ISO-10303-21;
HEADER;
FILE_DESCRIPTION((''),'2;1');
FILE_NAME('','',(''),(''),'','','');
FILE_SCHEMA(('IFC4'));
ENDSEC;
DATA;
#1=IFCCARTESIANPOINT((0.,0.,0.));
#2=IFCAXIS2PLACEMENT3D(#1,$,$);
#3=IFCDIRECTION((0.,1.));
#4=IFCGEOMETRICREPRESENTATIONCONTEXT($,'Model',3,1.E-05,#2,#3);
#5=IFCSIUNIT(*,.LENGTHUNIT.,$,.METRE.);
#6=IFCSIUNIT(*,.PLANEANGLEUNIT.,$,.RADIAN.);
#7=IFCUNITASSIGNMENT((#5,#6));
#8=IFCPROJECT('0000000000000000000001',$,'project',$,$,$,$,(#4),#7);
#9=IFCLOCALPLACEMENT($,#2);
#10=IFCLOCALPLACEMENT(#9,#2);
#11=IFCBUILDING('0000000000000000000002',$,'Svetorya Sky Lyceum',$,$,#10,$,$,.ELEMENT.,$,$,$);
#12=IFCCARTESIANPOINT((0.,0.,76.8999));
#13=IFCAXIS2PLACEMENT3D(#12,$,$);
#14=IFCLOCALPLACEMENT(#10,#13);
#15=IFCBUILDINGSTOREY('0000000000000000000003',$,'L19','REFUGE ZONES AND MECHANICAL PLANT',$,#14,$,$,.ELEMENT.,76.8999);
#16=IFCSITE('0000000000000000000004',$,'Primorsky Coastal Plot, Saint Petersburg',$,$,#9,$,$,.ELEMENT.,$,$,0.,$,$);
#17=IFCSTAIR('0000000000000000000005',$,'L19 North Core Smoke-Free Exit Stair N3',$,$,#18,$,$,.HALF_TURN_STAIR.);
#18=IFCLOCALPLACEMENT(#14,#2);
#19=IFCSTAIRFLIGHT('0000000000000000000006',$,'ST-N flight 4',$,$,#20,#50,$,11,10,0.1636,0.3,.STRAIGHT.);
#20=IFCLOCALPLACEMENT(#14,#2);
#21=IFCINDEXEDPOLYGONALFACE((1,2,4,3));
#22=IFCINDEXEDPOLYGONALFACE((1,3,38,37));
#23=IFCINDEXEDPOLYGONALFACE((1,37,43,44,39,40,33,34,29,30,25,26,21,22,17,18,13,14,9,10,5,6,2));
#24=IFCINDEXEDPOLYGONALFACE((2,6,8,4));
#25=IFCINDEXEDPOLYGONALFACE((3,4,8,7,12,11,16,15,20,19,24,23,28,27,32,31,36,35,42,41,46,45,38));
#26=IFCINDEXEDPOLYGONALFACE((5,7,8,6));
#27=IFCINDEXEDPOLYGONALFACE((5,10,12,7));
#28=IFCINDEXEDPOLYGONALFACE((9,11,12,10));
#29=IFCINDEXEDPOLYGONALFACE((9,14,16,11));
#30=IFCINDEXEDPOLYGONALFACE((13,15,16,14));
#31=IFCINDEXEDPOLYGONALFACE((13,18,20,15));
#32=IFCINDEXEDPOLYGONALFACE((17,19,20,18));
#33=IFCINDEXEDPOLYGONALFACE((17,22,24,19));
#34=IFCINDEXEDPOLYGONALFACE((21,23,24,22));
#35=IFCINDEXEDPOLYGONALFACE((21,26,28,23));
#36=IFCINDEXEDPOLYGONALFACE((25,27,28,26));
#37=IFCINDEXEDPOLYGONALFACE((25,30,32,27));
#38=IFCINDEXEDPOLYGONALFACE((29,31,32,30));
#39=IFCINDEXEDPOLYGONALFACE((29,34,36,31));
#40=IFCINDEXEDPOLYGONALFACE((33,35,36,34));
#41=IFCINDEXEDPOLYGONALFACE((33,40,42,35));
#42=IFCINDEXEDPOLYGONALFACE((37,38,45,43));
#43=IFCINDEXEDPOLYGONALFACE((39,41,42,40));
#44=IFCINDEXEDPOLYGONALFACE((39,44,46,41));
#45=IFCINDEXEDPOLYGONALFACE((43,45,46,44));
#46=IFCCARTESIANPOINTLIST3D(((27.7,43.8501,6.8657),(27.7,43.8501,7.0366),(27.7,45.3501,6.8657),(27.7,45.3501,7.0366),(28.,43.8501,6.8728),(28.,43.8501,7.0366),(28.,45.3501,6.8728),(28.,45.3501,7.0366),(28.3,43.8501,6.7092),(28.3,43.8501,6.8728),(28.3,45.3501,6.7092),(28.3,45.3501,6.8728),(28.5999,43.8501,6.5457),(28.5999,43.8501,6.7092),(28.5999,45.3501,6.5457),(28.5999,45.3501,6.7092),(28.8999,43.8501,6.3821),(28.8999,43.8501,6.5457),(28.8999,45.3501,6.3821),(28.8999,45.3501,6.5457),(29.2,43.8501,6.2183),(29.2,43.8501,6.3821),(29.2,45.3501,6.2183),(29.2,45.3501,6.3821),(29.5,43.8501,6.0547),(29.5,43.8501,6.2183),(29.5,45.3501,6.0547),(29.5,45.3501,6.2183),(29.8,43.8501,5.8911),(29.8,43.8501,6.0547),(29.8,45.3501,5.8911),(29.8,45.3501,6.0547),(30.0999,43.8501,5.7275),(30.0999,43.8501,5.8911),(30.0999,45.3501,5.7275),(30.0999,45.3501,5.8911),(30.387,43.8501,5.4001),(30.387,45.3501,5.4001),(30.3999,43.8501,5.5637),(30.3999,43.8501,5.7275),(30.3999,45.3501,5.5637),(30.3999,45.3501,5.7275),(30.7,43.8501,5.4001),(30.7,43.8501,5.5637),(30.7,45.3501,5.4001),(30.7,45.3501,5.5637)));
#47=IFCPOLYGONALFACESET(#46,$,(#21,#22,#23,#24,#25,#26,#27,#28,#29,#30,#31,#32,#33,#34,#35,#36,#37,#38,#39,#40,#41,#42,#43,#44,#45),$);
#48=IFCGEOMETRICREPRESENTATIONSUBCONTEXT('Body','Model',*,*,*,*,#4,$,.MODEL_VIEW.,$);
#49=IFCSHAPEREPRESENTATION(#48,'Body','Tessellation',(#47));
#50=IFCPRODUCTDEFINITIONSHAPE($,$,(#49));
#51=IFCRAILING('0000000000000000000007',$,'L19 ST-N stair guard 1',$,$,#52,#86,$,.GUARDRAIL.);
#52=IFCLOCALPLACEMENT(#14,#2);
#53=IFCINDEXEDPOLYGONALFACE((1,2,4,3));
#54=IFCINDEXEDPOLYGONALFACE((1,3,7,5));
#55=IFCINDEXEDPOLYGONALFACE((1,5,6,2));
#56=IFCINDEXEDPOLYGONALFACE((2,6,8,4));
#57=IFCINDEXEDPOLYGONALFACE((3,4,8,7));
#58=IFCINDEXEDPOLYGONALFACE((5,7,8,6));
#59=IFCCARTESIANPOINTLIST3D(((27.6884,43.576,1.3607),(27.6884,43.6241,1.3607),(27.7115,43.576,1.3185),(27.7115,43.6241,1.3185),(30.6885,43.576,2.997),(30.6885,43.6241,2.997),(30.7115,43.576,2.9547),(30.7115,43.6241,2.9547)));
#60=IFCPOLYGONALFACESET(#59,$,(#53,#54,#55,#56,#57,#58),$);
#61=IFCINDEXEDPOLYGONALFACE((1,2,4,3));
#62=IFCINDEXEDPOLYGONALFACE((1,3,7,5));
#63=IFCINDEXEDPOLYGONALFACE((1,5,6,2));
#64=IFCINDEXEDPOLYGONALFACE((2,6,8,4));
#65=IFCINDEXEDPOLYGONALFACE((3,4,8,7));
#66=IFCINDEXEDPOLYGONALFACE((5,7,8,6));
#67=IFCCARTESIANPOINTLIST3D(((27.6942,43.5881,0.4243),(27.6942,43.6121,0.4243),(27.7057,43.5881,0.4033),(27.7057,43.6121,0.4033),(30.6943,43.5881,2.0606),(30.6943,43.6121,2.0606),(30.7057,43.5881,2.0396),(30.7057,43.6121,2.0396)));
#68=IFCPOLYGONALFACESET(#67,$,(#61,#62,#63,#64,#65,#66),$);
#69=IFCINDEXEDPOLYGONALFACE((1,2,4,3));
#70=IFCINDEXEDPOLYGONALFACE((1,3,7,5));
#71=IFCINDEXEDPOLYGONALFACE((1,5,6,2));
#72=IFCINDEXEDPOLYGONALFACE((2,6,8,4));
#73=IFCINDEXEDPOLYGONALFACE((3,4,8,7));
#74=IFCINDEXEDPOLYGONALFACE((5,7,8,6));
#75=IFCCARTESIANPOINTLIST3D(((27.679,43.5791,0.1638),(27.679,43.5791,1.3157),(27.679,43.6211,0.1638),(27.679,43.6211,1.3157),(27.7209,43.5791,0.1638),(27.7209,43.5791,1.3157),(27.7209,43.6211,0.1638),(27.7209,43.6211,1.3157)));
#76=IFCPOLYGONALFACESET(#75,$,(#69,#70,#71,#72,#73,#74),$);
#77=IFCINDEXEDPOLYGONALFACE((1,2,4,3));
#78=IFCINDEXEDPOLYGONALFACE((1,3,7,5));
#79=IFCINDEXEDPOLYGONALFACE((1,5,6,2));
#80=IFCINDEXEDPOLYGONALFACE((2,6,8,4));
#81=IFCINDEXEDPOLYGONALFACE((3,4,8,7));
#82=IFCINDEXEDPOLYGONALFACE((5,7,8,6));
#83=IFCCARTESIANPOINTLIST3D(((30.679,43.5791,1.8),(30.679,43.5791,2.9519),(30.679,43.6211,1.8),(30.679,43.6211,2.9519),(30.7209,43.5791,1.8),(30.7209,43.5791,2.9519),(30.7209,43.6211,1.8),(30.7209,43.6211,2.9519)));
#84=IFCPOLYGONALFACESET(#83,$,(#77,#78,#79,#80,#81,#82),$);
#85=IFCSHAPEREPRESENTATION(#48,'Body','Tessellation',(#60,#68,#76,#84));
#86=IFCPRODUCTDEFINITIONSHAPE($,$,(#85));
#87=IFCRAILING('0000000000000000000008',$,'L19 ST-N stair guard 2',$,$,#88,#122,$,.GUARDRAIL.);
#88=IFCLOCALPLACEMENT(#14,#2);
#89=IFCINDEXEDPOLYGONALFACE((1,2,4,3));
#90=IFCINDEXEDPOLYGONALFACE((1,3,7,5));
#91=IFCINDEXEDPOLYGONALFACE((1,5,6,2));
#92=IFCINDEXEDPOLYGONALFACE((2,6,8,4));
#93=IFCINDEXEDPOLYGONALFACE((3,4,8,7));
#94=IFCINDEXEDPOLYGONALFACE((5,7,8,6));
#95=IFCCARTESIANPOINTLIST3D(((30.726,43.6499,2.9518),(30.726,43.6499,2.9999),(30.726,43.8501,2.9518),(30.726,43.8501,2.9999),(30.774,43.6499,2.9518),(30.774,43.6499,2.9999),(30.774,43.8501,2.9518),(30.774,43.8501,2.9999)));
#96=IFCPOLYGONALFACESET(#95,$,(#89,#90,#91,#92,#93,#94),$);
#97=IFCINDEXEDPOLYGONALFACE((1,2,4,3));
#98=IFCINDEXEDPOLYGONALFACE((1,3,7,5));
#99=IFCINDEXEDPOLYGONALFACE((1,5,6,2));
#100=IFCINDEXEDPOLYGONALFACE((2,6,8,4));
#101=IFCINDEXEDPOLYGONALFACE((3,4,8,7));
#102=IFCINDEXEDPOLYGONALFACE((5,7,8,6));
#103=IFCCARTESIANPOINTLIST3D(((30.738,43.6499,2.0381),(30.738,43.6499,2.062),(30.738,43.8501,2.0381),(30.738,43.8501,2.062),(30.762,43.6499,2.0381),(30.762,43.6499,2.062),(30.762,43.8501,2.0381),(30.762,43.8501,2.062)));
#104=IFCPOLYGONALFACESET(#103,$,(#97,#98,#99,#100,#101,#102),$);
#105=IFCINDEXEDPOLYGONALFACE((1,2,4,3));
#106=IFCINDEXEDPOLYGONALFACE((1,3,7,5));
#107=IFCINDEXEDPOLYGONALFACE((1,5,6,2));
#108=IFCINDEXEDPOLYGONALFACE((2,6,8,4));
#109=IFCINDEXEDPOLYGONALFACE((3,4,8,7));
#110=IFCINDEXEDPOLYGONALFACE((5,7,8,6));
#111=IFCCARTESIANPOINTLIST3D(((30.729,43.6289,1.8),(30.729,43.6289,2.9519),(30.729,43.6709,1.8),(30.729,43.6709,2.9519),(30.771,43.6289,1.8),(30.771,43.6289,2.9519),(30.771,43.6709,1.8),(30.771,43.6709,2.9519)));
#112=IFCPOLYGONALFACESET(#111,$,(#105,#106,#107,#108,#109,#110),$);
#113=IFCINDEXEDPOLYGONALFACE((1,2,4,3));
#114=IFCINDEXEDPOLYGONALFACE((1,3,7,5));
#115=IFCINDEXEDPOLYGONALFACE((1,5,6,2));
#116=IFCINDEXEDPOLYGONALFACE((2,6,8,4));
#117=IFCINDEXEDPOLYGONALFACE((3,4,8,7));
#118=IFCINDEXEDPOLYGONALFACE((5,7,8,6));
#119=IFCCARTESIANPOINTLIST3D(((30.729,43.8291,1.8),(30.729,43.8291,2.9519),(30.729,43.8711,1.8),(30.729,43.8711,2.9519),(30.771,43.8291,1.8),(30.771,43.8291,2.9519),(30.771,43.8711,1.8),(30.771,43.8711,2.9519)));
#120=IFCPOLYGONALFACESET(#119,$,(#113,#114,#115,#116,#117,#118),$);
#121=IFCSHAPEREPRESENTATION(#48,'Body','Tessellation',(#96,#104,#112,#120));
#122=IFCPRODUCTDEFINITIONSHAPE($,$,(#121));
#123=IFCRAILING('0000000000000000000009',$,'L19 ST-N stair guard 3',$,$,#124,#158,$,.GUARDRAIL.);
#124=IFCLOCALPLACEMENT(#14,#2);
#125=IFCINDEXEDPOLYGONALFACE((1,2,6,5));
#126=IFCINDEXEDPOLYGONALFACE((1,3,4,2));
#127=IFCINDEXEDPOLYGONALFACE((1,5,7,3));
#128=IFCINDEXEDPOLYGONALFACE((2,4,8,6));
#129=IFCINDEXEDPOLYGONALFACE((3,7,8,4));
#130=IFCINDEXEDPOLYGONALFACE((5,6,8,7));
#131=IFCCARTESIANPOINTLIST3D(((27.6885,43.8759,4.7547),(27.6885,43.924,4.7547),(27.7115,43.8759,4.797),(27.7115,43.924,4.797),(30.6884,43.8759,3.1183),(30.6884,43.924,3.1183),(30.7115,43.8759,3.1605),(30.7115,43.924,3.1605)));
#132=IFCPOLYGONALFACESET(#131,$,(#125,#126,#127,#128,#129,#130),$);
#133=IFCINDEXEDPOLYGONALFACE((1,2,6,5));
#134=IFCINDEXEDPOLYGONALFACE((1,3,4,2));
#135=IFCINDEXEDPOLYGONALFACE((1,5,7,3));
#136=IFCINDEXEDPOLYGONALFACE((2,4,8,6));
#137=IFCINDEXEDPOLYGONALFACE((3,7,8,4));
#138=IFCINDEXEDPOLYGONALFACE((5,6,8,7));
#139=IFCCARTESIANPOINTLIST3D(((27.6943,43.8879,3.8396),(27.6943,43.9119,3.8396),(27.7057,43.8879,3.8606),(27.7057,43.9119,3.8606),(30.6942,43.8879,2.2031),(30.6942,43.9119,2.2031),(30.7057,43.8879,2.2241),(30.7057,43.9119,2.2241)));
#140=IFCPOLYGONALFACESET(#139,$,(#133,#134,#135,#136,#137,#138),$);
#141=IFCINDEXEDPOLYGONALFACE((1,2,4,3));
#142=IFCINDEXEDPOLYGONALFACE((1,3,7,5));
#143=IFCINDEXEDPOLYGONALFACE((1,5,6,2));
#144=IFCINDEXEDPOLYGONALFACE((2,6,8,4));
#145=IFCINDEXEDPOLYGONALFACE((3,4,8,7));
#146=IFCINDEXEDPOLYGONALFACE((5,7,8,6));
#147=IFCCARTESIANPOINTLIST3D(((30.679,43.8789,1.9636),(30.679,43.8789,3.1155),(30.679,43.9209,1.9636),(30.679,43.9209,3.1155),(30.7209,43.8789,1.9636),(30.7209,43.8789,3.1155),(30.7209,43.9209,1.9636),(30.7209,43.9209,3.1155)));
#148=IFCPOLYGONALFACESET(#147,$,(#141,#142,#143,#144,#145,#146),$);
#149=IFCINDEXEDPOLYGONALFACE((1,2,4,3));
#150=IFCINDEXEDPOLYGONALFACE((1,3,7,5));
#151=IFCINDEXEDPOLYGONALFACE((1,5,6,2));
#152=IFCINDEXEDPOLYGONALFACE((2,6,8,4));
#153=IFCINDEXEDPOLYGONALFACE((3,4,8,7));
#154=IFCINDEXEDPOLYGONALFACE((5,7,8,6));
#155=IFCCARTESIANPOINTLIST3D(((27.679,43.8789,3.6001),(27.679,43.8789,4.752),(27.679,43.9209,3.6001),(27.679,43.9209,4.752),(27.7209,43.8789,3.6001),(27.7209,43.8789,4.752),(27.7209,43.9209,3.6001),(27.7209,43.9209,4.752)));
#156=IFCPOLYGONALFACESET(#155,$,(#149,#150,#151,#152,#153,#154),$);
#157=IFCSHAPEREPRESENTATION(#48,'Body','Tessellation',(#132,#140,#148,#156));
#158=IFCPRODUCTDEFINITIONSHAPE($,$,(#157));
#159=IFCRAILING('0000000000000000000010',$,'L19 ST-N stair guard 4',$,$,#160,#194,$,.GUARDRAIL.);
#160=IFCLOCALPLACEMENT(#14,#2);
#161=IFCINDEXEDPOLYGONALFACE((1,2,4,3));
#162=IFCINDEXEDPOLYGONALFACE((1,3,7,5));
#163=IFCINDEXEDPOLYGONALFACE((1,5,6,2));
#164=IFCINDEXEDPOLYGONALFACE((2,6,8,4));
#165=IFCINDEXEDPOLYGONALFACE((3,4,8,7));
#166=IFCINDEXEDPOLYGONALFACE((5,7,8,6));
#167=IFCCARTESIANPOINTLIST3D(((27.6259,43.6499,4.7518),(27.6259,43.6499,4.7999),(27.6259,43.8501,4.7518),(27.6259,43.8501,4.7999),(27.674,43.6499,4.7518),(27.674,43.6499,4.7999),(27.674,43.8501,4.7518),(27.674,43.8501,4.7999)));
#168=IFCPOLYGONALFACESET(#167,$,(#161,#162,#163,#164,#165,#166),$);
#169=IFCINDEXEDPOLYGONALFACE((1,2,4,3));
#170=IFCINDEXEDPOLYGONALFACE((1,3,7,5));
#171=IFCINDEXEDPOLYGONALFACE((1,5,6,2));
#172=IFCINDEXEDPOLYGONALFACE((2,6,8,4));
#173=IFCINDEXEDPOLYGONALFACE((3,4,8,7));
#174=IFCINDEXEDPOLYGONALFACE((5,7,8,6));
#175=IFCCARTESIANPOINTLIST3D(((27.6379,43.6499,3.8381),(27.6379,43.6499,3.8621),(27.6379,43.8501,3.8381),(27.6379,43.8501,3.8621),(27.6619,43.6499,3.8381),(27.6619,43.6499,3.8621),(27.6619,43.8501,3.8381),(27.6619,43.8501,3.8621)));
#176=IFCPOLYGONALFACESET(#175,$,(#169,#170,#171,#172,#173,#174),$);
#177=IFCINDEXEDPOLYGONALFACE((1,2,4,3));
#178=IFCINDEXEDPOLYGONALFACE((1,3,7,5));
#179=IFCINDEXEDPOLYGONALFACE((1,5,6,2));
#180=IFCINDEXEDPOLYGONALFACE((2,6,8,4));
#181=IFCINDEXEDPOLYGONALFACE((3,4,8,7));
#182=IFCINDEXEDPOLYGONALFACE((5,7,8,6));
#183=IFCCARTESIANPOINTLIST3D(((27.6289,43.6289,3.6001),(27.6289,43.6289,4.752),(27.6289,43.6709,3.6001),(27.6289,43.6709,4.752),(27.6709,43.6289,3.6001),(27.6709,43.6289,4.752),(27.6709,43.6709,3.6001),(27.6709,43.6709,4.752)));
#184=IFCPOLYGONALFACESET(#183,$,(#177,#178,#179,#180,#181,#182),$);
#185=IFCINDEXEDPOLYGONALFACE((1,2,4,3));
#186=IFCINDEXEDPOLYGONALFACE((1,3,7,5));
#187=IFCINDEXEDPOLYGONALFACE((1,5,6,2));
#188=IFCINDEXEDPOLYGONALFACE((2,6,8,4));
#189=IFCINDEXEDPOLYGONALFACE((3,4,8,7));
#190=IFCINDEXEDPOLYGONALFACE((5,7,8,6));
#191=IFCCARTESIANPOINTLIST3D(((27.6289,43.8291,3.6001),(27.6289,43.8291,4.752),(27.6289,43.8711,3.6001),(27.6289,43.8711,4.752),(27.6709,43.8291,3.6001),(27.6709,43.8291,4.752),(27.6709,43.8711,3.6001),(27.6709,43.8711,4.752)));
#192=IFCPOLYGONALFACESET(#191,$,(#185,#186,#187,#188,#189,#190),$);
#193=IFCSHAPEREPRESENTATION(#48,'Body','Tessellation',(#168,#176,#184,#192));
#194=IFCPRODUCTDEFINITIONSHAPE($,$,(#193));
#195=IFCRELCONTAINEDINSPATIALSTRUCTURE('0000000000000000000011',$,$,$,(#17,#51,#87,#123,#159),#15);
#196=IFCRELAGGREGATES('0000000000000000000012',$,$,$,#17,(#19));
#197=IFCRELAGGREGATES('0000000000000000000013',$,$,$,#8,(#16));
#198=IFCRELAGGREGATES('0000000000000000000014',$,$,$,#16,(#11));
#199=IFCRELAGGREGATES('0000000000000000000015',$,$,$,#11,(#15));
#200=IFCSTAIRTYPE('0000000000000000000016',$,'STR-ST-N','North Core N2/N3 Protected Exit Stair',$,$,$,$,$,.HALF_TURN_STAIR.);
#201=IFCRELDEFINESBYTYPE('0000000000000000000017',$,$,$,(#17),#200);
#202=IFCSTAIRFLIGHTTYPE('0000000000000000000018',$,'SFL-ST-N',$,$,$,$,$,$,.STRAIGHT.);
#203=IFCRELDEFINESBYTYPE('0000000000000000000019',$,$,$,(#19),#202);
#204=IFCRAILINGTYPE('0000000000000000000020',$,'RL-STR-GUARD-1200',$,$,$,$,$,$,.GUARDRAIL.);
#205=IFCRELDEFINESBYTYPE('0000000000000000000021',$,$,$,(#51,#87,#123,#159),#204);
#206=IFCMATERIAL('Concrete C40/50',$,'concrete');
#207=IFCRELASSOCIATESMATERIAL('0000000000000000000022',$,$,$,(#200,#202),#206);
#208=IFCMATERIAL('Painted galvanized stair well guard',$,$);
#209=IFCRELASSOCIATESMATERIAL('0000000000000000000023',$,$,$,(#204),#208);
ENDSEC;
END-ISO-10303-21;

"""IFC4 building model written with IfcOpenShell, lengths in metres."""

from ifc_helpers import new_model, si_unit, direction, frame, origin, origin_2d, place, context, subcontext, project, spatial, polyline, rectangle, outline, extrude, material, type_object, element, aggregate, save


model = new_model("IFC4")

# Units and contexts
model_context = context("Model", 3, precision=1e-05, world=origin(), true_north=direction((0.0, 1.0)))
body_context = subcontext(model_context, "Body", "Model", "MODEL_VIEW")
ifc_project = project(units=[si_unit("LENGTHUNIT", "METRE"), si_unit("PLANEANGLEUNIT", "RADIAN")], contexts=[model_context])

# Site, building, storey
site_placement = place(None, origin())
site = spatial("IfcSite", under=ifc_project, at=site_placement, Name="Primorsky Coastal Plot, Saint Petersburg", CompositionType="ELEMENT", RefElevation=0.0)
building_placement = place(site_placement, origin())
building = spatial("IfcBuilding", under=site, at=building_placement, Name="Svetorya Sky Lyceum", CompositionType="ELEMENT")
storey_placement = place(building_placement, frame((0.0, 0.0, 76.8999)))
storey = spatial("IfcBuildingStorey", under=building, at=storey_placement, Name="L19", Description="REFUGE ZONES AND MECHANICAL PLANT", CompositionType="ELEMENT", Elevation=76.8999)

# Stair, stair flight
ifc_material_1 = material(Name="Concrete C40/50", Category="concrete")
stair_type = type_object("IfcStairType", Name="STR-ST-N", Description="North Core N2/N3 Protected Exit Stair", PredefinedType="HALF_TURN_STAIR", material=ifc_material_1)
stair_placement = place(storey_placement, origin())
stair = element("IfcStair", 1, at=stair_placement, inside=storey, type_object=stair_type, Name="L19 North Core Smoke-Free Exit Stair N3", PredefinedType="HALF_TURN_STAIR")
stair_flight_type = type_object("IfcStairFlightType", Name="SFL-ST-N", PredefinedType="STRAIGHT", material=ifc_material_1)
stair_flight_1_placement = place(storey_placement, frame((30.7, 44.6001, 5.4001), z_axis=(0.0, 0.0, 1.0), x_axis=(-1.0, 0.0, 0.0)))
stair_flight_1 = element("IfcStairFlight", 2, at=stair_flight_1_placement, type_object=stair_flight_type, Name="ST-N flight 4", NumberOfRisers=11, NumberOfTreads=10, PredefinedType="STRAIGHT", RiserHeight=0.1636, TreadLength=0.3, context=body_context, shape_type="SweptSolid", body=[
    extrude(outline(polyline([(0.0, 0.0), (0.0, 0.1636), (0.3, 0.1636), (0.3, 0.3274), (0.6001, 0.3274), (0.6001, 0.491), (0.8999, 0.491), (0.8999, 0.6545), (1.2, 0.6545), (1.2, 0.8181), (1.5, 0.8181), (1.5, 0.9819), (1.8, 0.9819), (1.8, 1.1455), (2.1001, 1.1455), (2.1001, 1.3091), (2.3999, 1.3091), (2.3999, 1.4727), (2.7, 1.4727), (2.7, 1.6365), (3.0, 1.6365), (3.0, 1.8), (3.0, 1.4656), (0.313, 0.0), (0.0, 0.0)])), frame((0.0, 0.75, 0.0), z_axis=(0.0, -1.0, 0.0), x_axis=(1.0, 0.0, 0.0)), (0.0, 0.0, 1.0), 1.5),
])
aggregate(stair, [stair_flight_1])

# Railings
ifc_material_2 = material(Name="Painted galvanized stair well guard")
railing_type_1 = type_object("IfcRailingType", Name="RL-STR-GUARD-1200", PredefinedType="GUARDRAIL", material=ifc_material_2)
railing_1_placement = place(storey_placement, frame((27.7, 43.6001, 0.1638)))
element("IfcRailing", 3, at=railing_1_placement, inside=storey, type_object=railing_type_1, Name="L19 ST-N stair guard 1", PredefinedType="GUARDRAIL", context=body_context, shape_type="SweptSolid", body=[
    extrude(rectangle(XDim=0.0481, YDim=0.0481, at=origin_2d()), frame((0.0, 0.0, 1.1758), z_axis=(0.877912, 0.0, 0.478822), x_axis=(0.0, 1.0, 0.0)), (0.0, 0.0, 1.0), 3.4172),
    extrude(rectangle(XDim=0.0239, YDim=0.0239, at=origin_2d()), frame((0.0, 0.0, 0.25), z_axis=(0.877912, 0.0, 0.478822), x_axis=(0.0, 1.0, 0.0)), (0.0, 0.0, 1.0), 3.4172),
    extrude(rectangle(XDim=0.042, YDim=0.042, at=origin_2d()), origin(), (0.0, 0.0, 1.0), 1.1519),
    extrude(rectangle(XDim=0.042, YDim=0.042, at=origin_2d()), frame((3.0, 0.0, 1.6362)), (0.0, 0.0, 1.0), 1.1519),
])
railing_2_placement = place(storey_placement, frame((30.75, 43.6499, 1.8)))
element("IfcRailing", 4, at=railing_2_placement, inside=storey, type_object=railing_type_1, Name="L19 ST-N stair guard 2", PredefinedType="GUARDRAIL", context=body_context, shape_type="SweptSolid", body=[
    extrude(rectangle(XDim=0.0481, YDim=0.0481, at=origin_2d()), frame((0.0, 0.0, 1.1758), z_axis=(0.0, 1.0, 0.0), x_axis=(-1.0, 0.0, 0.0)), (0.0, 0.0, 1.0), 0.2002),
    extrude(rectangle(XDim=0.0239, YDim=0.0239, at=origin_2d()), frame((0.0, 0.0, 0.25), z_axis=(0.0, 1.0, 0.0), x_axis=(-1.0, 0.0, 0.0)), (0.0, 0.0, 1.0), 0.2002),
    extrude(rectangle(XDim=0.042, YDim=0.042, at=origin_2d()), origin(), (0.0, 0.0, 1.0), 1.1519),
    extrude(rectangle(XDim=0.042, YDim=0.042, at=origin_2d()), frame((0.0, 0.2002, 0.0)), (0.0, 0.0, 1.0), 1.1519),
])
railing_3_placement = place(storey_placement, frame((30.7, 43.8999, 1.9636)))
element("IfcRailing", 5, at=railing_3_placement, inside=storey, type_object=railing_type_1, Name="L19 ST-N stair guard 3", PredefinedType="GUARDRAIL", context=body_context, shape_type="SweptSolid", body=[
    extrude(rectangle(XDim=0.0481, YDim=0.0481, at=origin_2d()), frame((0.0, 0.0, 1.1758), z_axis=(-0.877882, 0.0, 0.478877), x_axis=(0.0, -1.0, 0.0)), (0.0, 0.0, 1.0), 3.4172),
    extrude(rectangle(XDim=0.0239, YDim=0.0239, at=origin_2d()), frame((0.0, 0.0, 0.25), z_axis=(-0.877882, 0.0, 0.478877), x_axis=(0.0, -1.0, 0.0)), (0.0, 0.0, 1.0), 3.4172),
    extrude(rectangle(XDim=0.042, YDim=0.042, at=origin_2d()), origin(), (0.0, 0.0, 1.0), 1.1519),
    extrude(rectangle(XDim=0.042, YDim=0.042, at=origin_2d()), frame((-3.0, 0.0, 1.6365)), (0.0, 0.0, 1.0), 1.1519),
])
railing_4_placement = place(storey_placement, frame((27.6499, 43.6499, 3.6001)))
element("IfcRailing", 6, at=railing_4_placement, inside=storey, type_object=railing_type_1, Name="L19 ST-N stair guard 4", PredefinedType="GUARDRAIL", context=body_context, shape_type="SweptSolid", body=[
    extrude(rectangle(XDim=0.0481, YDim=0.0481, at=origin_2d()), frame((0.0, 0.0, 1.1758), z_axis=(0.0, 1.0, 0.0), x_axis=(-1.0, 0.0, 0.0)), (0.0, 0.0, 1.0), 0.2002),
    extrude(rectangle(XDim=0.0239, YDim=0.0239, at=origin_2d()), frame((0.0, 0.0, 0.25), z_axis=(0.0, 1.0, 0.0), x_axis=(-1.0, 0.0, 0.0)), (0.0, 0.0, 1.0), 0.2002),
    extrude(rectangle(XDim=0.042, YDim=0.042, at=origin_2d()), origin(), (0.0, 0.0, 1.0), 1.1519),
    extrude(rectangle(XDim=0.042, YDim=0.042, at=origin_2d()), frame((0.0, 0.2002, 0.0)), (0.0, 0.0, 1.0), 1.1519),
])

save(model, "model.ifc")
